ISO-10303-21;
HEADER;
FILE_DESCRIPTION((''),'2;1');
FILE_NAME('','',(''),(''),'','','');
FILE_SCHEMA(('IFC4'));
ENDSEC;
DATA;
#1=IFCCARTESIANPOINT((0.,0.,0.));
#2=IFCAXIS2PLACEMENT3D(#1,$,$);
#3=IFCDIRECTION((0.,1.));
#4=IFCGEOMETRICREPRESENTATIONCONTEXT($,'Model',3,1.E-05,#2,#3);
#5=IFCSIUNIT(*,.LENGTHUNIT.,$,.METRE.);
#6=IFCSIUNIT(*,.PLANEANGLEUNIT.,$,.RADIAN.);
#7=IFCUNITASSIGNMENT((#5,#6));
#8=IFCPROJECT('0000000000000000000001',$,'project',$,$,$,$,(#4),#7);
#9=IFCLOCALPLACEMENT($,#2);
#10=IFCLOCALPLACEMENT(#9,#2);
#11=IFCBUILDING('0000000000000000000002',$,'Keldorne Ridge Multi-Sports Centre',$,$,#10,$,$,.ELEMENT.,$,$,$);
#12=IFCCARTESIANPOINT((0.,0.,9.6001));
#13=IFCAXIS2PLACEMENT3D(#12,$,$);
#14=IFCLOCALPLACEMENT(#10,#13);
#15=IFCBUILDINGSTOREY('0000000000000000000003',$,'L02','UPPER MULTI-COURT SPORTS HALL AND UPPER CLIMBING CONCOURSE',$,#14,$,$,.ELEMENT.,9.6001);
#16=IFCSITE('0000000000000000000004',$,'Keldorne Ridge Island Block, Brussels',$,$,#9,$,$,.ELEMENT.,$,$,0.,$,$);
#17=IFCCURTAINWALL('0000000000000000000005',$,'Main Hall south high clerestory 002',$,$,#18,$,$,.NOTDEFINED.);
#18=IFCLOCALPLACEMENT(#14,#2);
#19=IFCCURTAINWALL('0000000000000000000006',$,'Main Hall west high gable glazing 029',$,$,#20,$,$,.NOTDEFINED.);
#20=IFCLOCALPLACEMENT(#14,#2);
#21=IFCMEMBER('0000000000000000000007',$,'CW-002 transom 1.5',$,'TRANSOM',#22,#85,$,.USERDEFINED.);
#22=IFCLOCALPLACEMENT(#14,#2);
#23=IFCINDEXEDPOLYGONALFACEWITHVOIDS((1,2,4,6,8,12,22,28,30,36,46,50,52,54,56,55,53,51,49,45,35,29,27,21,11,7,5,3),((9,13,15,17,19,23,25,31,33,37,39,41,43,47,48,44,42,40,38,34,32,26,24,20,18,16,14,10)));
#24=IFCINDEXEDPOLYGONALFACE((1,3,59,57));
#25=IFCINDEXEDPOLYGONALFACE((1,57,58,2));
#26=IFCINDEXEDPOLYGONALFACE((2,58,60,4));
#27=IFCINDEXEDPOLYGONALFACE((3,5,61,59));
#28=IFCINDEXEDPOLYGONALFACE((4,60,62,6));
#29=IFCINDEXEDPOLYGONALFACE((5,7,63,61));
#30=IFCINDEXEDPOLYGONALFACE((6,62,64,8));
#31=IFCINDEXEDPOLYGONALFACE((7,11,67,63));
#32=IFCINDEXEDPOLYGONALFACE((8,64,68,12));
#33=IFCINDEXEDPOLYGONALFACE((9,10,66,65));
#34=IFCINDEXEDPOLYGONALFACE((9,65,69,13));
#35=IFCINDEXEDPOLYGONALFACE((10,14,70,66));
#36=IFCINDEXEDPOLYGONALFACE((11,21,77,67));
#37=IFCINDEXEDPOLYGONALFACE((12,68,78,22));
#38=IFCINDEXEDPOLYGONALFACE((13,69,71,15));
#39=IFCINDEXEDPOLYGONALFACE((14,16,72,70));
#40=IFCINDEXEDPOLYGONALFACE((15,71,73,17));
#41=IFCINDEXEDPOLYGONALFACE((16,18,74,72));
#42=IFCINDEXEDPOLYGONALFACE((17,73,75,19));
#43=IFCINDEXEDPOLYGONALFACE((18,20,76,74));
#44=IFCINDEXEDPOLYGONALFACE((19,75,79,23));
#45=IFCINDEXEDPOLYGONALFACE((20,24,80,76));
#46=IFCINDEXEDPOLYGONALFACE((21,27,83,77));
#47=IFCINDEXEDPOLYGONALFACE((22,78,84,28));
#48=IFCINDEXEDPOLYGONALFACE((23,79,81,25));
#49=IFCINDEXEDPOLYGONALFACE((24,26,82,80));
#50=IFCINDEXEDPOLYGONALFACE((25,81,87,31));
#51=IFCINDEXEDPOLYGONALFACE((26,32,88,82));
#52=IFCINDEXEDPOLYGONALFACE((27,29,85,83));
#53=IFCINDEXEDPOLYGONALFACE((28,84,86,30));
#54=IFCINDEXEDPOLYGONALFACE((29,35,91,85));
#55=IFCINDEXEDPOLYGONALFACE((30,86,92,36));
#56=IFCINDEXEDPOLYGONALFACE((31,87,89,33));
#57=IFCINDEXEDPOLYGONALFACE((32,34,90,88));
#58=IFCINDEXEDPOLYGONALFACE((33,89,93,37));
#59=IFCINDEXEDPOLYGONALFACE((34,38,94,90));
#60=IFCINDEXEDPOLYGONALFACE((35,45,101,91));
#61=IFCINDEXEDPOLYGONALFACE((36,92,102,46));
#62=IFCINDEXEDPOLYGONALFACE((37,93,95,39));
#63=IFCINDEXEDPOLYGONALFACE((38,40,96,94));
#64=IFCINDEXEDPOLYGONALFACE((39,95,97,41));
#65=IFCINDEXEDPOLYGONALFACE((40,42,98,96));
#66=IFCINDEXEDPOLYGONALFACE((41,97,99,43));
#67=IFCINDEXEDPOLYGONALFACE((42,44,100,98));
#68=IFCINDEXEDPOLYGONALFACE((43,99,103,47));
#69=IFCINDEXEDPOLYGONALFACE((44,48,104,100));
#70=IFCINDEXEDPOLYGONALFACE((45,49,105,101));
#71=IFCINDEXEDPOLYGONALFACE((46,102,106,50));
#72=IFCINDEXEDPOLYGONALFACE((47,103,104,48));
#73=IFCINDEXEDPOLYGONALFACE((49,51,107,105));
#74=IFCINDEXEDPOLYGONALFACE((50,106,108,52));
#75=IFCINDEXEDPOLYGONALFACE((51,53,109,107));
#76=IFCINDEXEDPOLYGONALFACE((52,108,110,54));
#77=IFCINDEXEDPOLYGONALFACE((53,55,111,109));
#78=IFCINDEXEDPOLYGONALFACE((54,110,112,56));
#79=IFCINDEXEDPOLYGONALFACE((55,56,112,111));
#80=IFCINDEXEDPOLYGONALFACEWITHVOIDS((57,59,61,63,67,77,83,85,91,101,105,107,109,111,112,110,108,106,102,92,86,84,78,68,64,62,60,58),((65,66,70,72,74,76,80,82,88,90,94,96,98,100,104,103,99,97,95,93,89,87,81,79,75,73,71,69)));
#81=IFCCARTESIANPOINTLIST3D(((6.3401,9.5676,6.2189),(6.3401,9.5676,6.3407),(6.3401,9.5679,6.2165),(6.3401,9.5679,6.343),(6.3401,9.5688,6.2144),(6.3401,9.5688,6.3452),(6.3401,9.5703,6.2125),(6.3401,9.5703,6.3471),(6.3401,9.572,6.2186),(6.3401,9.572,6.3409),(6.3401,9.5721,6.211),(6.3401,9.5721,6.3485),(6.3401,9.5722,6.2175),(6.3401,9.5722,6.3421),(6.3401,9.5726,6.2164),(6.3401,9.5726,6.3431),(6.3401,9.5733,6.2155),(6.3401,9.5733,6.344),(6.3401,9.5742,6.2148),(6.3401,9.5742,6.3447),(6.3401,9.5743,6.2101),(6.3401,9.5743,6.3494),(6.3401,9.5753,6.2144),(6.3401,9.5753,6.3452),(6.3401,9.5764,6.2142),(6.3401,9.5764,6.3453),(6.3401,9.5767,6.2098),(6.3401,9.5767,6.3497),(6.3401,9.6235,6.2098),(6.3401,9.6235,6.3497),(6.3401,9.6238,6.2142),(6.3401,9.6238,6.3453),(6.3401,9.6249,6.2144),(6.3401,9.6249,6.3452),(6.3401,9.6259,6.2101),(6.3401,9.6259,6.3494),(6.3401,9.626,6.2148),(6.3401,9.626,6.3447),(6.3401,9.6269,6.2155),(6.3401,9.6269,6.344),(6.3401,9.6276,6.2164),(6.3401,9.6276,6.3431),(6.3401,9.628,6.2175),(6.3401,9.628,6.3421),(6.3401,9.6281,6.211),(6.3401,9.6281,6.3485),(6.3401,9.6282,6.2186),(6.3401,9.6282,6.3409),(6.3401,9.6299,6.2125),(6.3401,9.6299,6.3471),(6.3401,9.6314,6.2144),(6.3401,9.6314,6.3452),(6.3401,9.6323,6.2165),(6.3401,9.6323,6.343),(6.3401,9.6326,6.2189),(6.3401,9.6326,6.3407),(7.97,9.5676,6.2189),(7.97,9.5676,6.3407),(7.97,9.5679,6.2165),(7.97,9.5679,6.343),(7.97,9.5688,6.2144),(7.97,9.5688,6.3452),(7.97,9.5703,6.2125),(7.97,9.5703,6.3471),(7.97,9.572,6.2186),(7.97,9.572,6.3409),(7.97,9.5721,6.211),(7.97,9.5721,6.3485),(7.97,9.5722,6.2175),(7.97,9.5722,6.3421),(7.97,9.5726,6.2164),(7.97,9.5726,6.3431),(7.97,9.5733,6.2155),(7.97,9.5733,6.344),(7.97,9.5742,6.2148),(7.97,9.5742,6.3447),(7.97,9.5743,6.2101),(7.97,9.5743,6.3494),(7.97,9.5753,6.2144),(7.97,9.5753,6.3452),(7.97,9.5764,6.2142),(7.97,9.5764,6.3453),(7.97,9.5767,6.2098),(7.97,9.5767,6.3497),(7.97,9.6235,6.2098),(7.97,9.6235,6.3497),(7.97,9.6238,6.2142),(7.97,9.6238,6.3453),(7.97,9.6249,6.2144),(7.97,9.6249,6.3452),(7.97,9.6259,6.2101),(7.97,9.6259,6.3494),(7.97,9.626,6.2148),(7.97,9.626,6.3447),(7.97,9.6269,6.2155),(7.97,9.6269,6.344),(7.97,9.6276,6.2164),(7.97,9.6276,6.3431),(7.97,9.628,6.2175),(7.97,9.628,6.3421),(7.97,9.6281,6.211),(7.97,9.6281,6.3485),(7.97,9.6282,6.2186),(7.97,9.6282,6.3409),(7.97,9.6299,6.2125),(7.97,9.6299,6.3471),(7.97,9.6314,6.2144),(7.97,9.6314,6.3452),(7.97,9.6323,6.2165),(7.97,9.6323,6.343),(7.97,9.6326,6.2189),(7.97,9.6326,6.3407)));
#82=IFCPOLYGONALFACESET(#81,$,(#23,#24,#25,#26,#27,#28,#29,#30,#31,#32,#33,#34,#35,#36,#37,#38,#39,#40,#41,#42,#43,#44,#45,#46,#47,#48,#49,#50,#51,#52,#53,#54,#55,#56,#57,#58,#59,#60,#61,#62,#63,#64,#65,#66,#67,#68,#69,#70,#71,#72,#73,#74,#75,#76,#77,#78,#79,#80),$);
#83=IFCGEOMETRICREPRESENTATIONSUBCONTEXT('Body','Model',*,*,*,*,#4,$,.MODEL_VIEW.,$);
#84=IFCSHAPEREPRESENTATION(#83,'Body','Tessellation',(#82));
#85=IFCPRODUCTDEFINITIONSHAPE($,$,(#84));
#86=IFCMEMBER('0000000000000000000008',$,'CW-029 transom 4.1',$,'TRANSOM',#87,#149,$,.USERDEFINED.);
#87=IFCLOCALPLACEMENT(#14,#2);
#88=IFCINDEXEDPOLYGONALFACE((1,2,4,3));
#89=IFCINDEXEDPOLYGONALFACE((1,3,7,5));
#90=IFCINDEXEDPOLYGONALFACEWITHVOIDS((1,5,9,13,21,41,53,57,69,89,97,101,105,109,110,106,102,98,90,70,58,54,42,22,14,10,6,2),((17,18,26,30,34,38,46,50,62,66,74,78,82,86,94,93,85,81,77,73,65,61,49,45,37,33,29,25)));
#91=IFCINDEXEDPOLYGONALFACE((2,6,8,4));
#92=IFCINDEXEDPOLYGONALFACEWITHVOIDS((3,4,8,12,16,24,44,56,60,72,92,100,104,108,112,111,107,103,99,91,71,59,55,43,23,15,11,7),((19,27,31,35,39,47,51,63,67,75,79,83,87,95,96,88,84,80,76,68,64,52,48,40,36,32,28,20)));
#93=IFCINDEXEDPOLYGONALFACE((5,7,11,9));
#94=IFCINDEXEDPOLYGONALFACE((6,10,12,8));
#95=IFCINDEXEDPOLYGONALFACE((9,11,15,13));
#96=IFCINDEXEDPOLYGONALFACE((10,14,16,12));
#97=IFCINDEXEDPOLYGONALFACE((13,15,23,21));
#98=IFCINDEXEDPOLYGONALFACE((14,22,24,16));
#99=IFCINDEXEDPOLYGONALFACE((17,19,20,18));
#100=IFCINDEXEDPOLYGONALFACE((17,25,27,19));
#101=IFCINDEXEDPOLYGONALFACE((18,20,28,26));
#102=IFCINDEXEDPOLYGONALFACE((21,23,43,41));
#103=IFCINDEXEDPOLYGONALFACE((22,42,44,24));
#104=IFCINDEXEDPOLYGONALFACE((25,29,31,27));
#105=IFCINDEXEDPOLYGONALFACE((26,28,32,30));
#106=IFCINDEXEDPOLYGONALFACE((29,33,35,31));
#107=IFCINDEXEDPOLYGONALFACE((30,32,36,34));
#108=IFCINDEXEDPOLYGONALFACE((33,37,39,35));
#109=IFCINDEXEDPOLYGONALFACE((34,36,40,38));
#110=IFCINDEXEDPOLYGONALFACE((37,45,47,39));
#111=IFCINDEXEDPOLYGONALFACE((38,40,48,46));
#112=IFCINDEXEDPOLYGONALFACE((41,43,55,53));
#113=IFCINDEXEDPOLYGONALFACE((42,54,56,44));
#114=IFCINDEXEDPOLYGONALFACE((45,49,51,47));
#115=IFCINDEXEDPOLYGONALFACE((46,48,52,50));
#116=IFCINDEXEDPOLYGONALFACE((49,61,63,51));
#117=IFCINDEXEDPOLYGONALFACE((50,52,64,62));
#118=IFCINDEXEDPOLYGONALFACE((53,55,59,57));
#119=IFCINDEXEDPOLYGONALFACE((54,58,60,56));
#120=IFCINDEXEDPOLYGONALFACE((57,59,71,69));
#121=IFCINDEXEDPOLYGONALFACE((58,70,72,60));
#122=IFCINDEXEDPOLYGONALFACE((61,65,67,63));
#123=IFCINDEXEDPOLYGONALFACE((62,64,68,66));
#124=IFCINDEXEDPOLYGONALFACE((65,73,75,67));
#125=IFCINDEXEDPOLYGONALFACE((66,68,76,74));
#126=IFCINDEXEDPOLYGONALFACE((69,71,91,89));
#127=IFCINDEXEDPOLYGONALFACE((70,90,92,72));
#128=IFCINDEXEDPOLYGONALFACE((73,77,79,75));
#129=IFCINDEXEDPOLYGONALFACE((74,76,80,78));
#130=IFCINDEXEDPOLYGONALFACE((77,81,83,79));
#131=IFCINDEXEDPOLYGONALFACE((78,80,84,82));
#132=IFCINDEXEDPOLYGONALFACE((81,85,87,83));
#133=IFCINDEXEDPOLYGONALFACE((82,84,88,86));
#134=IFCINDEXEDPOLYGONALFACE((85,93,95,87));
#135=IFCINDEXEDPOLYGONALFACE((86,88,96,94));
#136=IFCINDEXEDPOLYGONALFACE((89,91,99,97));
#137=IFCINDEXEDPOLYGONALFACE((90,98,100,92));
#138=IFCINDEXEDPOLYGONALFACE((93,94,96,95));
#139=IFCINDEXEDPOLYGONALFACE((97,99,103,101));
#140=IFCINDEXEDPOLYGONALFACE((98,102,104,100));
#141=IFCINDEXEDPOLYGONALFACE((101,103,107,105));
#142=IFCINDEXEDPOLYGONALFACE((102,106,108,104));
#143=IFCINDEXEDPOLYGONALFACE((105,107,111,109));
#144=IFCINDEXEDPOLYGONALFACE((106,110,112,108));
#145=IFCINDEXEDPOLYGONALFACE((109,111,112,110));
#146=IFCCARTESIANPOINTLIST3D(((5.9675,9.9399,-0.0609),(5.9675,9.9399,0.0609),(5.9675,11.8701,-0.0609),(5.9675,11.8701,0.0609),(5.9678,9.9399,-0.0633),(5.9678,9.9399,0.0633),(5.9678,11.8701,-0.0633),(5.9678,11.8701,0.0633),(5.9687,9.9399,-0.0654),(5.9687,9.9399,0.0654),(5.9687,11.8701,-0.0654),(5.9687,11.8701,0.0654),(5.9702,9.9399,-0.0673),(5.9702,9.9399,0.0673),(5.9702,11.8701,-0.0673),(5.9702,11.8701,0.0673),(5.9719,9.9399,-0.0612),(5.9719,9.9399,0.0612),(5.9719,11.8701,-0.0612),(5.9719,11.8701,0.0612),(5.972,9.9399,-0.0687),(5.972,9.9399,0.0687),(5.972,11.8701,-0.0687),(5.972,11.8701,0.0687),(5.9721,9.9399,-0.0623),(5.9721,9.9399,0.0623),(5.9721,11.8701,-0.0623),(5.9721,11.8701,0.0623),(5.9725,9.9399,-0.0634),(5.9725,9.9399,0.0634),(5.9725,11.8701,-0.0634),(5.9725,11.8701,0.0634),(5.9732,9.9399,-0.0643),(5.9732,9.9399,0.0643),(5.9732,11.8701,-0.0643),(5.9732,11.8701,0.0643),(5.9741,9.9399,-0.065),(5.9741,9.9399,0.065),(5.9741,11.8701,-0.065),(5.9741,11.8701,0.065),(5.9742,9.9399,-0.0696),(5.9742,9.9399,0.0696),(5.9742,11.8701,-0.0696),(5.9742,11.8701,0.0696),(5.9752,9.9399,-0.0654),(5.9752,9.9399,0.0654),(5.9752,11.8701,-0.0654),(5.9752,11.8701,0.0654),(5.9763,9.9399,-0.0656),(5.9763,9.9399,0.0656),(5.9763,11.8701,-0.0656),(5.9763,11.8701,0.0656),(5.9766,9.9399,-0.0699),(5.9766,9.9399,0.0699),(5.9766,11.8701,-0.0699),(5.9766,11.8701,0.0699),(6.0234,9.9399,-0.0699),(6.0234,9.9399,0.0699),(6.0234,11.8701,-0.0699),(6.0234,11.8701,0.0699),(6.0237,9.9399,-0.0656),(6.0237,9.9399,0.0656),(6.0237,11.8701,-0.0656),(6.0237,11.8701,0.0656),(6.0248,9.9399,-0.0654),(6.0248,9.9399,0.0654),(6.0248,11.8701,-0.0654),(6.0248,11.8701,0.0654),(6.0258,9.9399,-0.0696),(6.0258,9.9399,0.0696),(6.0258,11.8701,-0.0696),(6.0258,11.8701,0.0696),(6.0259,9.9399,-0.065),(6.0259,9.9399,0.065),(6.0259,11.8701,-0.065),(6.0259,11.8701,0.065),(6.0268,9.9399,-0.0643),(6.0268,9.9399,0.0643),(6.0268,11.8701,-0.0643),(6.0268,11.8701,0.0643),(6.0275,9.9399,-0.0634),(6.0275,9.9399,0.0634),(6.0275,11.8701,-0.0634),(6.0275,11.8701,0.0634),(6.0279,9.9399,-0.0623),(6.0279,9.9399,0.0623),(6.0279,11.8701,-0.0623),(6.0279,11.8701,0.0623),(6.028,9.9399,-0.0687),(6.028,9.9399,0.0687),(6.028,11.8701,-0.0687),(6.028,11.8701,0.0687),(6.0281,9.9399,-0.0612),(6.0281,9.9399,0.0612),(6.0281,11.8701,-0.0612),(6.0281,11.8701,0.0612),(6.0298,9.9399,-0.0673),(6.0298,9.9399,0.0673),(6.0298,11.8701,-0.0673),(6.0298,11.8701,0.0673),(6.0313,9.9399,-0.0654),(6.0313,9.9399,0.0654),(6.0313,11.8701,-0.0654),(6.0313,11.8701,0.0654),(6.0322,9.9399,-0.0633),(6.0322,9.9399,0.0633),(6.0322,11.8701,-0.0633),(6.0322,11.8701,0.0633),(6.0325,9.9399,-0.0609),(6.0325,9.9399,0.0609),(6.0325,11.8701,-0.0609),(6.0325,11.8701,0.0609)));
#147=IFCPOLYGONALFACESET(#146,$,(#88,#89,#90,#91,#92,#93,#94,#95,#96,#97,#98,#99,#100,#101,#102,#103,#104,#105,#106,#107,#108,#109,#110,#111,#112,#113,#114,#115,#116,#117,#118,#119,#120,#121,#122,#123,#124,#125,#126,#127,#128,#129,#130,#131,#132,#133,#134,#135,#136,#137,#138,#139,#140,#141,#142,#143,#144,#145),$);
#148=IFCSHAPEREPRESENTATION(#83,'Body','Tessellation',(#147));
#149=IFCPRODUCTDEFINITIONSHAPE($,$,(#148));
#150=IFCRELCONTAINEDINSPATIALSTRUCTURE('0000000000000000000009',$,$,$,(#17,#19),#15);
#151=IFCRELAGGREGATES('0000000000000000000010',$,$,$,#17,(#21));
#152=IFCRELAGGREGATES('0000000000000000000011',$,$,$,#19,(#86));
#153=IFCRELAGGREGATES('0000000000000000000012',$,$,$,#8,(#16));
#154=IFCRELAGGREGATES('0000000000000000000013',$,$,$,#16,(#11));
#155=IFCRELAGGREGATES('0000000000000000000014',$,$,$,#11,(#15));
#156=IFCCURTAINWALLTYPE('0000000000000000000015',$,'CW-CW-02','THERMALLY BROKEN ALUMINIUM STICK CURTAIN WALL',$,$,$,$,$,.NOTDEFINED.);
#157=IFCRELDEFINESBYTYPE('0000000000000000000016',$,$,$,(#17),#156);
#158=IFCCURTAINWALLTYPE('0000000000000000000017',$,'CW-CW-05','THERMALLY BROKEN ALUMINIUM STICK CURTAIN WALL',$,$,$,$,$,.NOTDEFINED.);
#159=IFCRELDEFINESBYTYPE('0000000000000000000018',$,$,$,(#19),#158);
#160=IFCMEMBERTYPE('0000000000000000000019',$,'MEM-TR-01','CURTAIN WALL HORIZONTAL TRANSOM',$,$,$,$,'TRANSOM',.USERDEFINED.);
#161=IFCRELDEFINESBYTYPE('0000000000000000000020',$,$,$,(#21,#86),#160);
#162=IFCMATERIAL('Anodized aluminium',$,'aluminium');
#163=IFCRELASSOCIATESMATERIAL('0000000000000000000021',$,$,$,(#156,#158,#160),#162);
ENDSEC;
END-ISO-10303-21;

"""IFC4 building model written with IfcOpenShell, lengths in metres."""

from ifc_helpers import new_model, si_unit, direction, frame, origin, origin_2d, place, context, subcontext, project, spatial, hollow_rectangle, extrude, material, material_profile, profile_set, type_object, element, aggregate, save


model = new_model("IFC4")

# Units and contexts
model_context = context("Model", 3, precision=1e-05, world=origin(), true_north=direction((0.0, 1.0)))
body_context = subcontext(model_context, "Body", "Model", "MODEL_VIEW")
ifc_project = project(units=[si_unit("LENGTHUNIT", "METRE"), si_unit("PLANEANGLEUNIT", "RADIAN")], contexts=[model_context])

# Site, building, storey
site_placement = place(None, origin())
site = spatial("IfcSite", under=ifc_project, at=site_placement, Name="Keldorne Ridge Island Block, Brussels", CompositionType="ELEMENT", RefElevation=0.0)
building_placement = place(site_placement, origin())
building = spatial("IfcBuilding", under=site, at=building_placement, Name="Keldorne Ridge Multi-Sports Centre", CompositionType="ELEMENT")
storey_placement = place(building_placement, frame((0.0, 0.0, 9.6001)))
storey = spatial("IfcBuildingStorey", under=building, at=storey_placement, Name="L02", Description="UPPER MULTI-COURT SPORTS HALL AND UPPER CLIMBING CONCOURSE", CompositionType="ELEMENT", Elevation=9.6001)

# Curtain wall
ifc_material_1 = material(Name="Anodized aluminium", Category="aluminium")
curtain_wall_type_1 = type_object("IfcCurtainWallType", Name="CW-CW-02", Description="THERMALLY BROKEN ALUMINIUM STICK CURTAIN WALL", PredefinedType="NOTDEFINED", material=ifc_material_1)
curtain_wall_1_placement = place(storey_placement, origin())
curtain_wall_1 = element("IfcCurtainWall", 1, at=curtain_wall_1_placement, inside=storey, type_object=curtain_wall_type_1, Name="Main Hall south high clerestory 002", PredefinedType="NOTDEFINED")

# Curtain wall
curtain_wall_type_2 = type_object("IfcCurtainWallType", Name="CW-CW-05", Description="THERMALLY BROKEN ALUMINIUM STICK CURTAIN WALL", PredefinedType="NOTDEFINED", material=ifc_material_1)
curtain_wall_2_placement = place(storey_placement, origin())
curtain_wall_2 = element("IfcCurtainWall", 2, at=curtain_wall_2_placement, inside=storey, type_object=curtain_wall_type_2, Name="Main Hall west high gable glazing 029", PredefinedType="NOTDEFINED")

# Members
ifc_material_profile_1 = material_profile(ifc_material_1, hollow_rectangle(XDim=0.0649, YDim=0.1399, WallThickness=0.0044, InnerFilletRadius=0.0044, OuterFilletRadius=0.009, at=origin_2d()), Name="ALU TRANSOM 140x65x4.5")
ifc_profile_set_1 = profile_set([ifc_material_profile_1], Name="Anodized aluminium")
member_type_1 = type_object("IfcMemberType", Name="MEM-TR-01", Description="CURTAIN WALL HORIZONTAL TRANSOM", ElementType="TRANSOM", PredefinedType="USERDEFINED", material=ifc_profile_set_1)
member_1_placement = place(storey_placement, frame((6.3401, 9.6001, 6.2798), z_axis=(1.0, 0.0, 0.0), x_axis=(0.0, 1.0, 0.0)))
member_1 = element("IfcMember", 3, at=member_1_placement, type_object=member_type_1, Name="CW-002 transom 1.5", ObjectType="TRANSOM", PredefinedType="USERDEFINED", context=body_context, shape_type="SweptSolid", body=[
    extrude(hollow_rectangle(XDim=0.0649, YDim=0.1399, WallThickness=0.0044, InnerFilletRadius=0.0044, OuterFilletRadius=0.009, at=origin_2d()), origin(), (0.0, 0.0, 1.0), 1.6299),
])
member_2_placement = place(storey_placement, frame((6.0, 11.8701, 0.0), z_axis=(0.0, -1.0, 0.0), x_axis=(1.0, 0.0, 0.0)))
member_2 = element("IfcMember", 4, at=member_2_placement, type_object=member_type_1, Name="CW-029 transom 4.1", ObjectType="TRANSOM", PredefinedType="USERDEFINED", context=body_context, shape_type="SweptSolid", body=[
    extrude(hollow_rectangle(XDim=0.0649, YDim=0.1399, WallThickness=0.0044, InnerFilletRadius=0.0044, OuterFilletRadius=0.009, at=origin_2d()), origin(), (0.0, 0.0, 1.0), 1.9302),
])

aggregate(curtain_wall_1, [member_1])
aggregate(curtain_wall_2, [member_2])

save(model, "model.ifc")
